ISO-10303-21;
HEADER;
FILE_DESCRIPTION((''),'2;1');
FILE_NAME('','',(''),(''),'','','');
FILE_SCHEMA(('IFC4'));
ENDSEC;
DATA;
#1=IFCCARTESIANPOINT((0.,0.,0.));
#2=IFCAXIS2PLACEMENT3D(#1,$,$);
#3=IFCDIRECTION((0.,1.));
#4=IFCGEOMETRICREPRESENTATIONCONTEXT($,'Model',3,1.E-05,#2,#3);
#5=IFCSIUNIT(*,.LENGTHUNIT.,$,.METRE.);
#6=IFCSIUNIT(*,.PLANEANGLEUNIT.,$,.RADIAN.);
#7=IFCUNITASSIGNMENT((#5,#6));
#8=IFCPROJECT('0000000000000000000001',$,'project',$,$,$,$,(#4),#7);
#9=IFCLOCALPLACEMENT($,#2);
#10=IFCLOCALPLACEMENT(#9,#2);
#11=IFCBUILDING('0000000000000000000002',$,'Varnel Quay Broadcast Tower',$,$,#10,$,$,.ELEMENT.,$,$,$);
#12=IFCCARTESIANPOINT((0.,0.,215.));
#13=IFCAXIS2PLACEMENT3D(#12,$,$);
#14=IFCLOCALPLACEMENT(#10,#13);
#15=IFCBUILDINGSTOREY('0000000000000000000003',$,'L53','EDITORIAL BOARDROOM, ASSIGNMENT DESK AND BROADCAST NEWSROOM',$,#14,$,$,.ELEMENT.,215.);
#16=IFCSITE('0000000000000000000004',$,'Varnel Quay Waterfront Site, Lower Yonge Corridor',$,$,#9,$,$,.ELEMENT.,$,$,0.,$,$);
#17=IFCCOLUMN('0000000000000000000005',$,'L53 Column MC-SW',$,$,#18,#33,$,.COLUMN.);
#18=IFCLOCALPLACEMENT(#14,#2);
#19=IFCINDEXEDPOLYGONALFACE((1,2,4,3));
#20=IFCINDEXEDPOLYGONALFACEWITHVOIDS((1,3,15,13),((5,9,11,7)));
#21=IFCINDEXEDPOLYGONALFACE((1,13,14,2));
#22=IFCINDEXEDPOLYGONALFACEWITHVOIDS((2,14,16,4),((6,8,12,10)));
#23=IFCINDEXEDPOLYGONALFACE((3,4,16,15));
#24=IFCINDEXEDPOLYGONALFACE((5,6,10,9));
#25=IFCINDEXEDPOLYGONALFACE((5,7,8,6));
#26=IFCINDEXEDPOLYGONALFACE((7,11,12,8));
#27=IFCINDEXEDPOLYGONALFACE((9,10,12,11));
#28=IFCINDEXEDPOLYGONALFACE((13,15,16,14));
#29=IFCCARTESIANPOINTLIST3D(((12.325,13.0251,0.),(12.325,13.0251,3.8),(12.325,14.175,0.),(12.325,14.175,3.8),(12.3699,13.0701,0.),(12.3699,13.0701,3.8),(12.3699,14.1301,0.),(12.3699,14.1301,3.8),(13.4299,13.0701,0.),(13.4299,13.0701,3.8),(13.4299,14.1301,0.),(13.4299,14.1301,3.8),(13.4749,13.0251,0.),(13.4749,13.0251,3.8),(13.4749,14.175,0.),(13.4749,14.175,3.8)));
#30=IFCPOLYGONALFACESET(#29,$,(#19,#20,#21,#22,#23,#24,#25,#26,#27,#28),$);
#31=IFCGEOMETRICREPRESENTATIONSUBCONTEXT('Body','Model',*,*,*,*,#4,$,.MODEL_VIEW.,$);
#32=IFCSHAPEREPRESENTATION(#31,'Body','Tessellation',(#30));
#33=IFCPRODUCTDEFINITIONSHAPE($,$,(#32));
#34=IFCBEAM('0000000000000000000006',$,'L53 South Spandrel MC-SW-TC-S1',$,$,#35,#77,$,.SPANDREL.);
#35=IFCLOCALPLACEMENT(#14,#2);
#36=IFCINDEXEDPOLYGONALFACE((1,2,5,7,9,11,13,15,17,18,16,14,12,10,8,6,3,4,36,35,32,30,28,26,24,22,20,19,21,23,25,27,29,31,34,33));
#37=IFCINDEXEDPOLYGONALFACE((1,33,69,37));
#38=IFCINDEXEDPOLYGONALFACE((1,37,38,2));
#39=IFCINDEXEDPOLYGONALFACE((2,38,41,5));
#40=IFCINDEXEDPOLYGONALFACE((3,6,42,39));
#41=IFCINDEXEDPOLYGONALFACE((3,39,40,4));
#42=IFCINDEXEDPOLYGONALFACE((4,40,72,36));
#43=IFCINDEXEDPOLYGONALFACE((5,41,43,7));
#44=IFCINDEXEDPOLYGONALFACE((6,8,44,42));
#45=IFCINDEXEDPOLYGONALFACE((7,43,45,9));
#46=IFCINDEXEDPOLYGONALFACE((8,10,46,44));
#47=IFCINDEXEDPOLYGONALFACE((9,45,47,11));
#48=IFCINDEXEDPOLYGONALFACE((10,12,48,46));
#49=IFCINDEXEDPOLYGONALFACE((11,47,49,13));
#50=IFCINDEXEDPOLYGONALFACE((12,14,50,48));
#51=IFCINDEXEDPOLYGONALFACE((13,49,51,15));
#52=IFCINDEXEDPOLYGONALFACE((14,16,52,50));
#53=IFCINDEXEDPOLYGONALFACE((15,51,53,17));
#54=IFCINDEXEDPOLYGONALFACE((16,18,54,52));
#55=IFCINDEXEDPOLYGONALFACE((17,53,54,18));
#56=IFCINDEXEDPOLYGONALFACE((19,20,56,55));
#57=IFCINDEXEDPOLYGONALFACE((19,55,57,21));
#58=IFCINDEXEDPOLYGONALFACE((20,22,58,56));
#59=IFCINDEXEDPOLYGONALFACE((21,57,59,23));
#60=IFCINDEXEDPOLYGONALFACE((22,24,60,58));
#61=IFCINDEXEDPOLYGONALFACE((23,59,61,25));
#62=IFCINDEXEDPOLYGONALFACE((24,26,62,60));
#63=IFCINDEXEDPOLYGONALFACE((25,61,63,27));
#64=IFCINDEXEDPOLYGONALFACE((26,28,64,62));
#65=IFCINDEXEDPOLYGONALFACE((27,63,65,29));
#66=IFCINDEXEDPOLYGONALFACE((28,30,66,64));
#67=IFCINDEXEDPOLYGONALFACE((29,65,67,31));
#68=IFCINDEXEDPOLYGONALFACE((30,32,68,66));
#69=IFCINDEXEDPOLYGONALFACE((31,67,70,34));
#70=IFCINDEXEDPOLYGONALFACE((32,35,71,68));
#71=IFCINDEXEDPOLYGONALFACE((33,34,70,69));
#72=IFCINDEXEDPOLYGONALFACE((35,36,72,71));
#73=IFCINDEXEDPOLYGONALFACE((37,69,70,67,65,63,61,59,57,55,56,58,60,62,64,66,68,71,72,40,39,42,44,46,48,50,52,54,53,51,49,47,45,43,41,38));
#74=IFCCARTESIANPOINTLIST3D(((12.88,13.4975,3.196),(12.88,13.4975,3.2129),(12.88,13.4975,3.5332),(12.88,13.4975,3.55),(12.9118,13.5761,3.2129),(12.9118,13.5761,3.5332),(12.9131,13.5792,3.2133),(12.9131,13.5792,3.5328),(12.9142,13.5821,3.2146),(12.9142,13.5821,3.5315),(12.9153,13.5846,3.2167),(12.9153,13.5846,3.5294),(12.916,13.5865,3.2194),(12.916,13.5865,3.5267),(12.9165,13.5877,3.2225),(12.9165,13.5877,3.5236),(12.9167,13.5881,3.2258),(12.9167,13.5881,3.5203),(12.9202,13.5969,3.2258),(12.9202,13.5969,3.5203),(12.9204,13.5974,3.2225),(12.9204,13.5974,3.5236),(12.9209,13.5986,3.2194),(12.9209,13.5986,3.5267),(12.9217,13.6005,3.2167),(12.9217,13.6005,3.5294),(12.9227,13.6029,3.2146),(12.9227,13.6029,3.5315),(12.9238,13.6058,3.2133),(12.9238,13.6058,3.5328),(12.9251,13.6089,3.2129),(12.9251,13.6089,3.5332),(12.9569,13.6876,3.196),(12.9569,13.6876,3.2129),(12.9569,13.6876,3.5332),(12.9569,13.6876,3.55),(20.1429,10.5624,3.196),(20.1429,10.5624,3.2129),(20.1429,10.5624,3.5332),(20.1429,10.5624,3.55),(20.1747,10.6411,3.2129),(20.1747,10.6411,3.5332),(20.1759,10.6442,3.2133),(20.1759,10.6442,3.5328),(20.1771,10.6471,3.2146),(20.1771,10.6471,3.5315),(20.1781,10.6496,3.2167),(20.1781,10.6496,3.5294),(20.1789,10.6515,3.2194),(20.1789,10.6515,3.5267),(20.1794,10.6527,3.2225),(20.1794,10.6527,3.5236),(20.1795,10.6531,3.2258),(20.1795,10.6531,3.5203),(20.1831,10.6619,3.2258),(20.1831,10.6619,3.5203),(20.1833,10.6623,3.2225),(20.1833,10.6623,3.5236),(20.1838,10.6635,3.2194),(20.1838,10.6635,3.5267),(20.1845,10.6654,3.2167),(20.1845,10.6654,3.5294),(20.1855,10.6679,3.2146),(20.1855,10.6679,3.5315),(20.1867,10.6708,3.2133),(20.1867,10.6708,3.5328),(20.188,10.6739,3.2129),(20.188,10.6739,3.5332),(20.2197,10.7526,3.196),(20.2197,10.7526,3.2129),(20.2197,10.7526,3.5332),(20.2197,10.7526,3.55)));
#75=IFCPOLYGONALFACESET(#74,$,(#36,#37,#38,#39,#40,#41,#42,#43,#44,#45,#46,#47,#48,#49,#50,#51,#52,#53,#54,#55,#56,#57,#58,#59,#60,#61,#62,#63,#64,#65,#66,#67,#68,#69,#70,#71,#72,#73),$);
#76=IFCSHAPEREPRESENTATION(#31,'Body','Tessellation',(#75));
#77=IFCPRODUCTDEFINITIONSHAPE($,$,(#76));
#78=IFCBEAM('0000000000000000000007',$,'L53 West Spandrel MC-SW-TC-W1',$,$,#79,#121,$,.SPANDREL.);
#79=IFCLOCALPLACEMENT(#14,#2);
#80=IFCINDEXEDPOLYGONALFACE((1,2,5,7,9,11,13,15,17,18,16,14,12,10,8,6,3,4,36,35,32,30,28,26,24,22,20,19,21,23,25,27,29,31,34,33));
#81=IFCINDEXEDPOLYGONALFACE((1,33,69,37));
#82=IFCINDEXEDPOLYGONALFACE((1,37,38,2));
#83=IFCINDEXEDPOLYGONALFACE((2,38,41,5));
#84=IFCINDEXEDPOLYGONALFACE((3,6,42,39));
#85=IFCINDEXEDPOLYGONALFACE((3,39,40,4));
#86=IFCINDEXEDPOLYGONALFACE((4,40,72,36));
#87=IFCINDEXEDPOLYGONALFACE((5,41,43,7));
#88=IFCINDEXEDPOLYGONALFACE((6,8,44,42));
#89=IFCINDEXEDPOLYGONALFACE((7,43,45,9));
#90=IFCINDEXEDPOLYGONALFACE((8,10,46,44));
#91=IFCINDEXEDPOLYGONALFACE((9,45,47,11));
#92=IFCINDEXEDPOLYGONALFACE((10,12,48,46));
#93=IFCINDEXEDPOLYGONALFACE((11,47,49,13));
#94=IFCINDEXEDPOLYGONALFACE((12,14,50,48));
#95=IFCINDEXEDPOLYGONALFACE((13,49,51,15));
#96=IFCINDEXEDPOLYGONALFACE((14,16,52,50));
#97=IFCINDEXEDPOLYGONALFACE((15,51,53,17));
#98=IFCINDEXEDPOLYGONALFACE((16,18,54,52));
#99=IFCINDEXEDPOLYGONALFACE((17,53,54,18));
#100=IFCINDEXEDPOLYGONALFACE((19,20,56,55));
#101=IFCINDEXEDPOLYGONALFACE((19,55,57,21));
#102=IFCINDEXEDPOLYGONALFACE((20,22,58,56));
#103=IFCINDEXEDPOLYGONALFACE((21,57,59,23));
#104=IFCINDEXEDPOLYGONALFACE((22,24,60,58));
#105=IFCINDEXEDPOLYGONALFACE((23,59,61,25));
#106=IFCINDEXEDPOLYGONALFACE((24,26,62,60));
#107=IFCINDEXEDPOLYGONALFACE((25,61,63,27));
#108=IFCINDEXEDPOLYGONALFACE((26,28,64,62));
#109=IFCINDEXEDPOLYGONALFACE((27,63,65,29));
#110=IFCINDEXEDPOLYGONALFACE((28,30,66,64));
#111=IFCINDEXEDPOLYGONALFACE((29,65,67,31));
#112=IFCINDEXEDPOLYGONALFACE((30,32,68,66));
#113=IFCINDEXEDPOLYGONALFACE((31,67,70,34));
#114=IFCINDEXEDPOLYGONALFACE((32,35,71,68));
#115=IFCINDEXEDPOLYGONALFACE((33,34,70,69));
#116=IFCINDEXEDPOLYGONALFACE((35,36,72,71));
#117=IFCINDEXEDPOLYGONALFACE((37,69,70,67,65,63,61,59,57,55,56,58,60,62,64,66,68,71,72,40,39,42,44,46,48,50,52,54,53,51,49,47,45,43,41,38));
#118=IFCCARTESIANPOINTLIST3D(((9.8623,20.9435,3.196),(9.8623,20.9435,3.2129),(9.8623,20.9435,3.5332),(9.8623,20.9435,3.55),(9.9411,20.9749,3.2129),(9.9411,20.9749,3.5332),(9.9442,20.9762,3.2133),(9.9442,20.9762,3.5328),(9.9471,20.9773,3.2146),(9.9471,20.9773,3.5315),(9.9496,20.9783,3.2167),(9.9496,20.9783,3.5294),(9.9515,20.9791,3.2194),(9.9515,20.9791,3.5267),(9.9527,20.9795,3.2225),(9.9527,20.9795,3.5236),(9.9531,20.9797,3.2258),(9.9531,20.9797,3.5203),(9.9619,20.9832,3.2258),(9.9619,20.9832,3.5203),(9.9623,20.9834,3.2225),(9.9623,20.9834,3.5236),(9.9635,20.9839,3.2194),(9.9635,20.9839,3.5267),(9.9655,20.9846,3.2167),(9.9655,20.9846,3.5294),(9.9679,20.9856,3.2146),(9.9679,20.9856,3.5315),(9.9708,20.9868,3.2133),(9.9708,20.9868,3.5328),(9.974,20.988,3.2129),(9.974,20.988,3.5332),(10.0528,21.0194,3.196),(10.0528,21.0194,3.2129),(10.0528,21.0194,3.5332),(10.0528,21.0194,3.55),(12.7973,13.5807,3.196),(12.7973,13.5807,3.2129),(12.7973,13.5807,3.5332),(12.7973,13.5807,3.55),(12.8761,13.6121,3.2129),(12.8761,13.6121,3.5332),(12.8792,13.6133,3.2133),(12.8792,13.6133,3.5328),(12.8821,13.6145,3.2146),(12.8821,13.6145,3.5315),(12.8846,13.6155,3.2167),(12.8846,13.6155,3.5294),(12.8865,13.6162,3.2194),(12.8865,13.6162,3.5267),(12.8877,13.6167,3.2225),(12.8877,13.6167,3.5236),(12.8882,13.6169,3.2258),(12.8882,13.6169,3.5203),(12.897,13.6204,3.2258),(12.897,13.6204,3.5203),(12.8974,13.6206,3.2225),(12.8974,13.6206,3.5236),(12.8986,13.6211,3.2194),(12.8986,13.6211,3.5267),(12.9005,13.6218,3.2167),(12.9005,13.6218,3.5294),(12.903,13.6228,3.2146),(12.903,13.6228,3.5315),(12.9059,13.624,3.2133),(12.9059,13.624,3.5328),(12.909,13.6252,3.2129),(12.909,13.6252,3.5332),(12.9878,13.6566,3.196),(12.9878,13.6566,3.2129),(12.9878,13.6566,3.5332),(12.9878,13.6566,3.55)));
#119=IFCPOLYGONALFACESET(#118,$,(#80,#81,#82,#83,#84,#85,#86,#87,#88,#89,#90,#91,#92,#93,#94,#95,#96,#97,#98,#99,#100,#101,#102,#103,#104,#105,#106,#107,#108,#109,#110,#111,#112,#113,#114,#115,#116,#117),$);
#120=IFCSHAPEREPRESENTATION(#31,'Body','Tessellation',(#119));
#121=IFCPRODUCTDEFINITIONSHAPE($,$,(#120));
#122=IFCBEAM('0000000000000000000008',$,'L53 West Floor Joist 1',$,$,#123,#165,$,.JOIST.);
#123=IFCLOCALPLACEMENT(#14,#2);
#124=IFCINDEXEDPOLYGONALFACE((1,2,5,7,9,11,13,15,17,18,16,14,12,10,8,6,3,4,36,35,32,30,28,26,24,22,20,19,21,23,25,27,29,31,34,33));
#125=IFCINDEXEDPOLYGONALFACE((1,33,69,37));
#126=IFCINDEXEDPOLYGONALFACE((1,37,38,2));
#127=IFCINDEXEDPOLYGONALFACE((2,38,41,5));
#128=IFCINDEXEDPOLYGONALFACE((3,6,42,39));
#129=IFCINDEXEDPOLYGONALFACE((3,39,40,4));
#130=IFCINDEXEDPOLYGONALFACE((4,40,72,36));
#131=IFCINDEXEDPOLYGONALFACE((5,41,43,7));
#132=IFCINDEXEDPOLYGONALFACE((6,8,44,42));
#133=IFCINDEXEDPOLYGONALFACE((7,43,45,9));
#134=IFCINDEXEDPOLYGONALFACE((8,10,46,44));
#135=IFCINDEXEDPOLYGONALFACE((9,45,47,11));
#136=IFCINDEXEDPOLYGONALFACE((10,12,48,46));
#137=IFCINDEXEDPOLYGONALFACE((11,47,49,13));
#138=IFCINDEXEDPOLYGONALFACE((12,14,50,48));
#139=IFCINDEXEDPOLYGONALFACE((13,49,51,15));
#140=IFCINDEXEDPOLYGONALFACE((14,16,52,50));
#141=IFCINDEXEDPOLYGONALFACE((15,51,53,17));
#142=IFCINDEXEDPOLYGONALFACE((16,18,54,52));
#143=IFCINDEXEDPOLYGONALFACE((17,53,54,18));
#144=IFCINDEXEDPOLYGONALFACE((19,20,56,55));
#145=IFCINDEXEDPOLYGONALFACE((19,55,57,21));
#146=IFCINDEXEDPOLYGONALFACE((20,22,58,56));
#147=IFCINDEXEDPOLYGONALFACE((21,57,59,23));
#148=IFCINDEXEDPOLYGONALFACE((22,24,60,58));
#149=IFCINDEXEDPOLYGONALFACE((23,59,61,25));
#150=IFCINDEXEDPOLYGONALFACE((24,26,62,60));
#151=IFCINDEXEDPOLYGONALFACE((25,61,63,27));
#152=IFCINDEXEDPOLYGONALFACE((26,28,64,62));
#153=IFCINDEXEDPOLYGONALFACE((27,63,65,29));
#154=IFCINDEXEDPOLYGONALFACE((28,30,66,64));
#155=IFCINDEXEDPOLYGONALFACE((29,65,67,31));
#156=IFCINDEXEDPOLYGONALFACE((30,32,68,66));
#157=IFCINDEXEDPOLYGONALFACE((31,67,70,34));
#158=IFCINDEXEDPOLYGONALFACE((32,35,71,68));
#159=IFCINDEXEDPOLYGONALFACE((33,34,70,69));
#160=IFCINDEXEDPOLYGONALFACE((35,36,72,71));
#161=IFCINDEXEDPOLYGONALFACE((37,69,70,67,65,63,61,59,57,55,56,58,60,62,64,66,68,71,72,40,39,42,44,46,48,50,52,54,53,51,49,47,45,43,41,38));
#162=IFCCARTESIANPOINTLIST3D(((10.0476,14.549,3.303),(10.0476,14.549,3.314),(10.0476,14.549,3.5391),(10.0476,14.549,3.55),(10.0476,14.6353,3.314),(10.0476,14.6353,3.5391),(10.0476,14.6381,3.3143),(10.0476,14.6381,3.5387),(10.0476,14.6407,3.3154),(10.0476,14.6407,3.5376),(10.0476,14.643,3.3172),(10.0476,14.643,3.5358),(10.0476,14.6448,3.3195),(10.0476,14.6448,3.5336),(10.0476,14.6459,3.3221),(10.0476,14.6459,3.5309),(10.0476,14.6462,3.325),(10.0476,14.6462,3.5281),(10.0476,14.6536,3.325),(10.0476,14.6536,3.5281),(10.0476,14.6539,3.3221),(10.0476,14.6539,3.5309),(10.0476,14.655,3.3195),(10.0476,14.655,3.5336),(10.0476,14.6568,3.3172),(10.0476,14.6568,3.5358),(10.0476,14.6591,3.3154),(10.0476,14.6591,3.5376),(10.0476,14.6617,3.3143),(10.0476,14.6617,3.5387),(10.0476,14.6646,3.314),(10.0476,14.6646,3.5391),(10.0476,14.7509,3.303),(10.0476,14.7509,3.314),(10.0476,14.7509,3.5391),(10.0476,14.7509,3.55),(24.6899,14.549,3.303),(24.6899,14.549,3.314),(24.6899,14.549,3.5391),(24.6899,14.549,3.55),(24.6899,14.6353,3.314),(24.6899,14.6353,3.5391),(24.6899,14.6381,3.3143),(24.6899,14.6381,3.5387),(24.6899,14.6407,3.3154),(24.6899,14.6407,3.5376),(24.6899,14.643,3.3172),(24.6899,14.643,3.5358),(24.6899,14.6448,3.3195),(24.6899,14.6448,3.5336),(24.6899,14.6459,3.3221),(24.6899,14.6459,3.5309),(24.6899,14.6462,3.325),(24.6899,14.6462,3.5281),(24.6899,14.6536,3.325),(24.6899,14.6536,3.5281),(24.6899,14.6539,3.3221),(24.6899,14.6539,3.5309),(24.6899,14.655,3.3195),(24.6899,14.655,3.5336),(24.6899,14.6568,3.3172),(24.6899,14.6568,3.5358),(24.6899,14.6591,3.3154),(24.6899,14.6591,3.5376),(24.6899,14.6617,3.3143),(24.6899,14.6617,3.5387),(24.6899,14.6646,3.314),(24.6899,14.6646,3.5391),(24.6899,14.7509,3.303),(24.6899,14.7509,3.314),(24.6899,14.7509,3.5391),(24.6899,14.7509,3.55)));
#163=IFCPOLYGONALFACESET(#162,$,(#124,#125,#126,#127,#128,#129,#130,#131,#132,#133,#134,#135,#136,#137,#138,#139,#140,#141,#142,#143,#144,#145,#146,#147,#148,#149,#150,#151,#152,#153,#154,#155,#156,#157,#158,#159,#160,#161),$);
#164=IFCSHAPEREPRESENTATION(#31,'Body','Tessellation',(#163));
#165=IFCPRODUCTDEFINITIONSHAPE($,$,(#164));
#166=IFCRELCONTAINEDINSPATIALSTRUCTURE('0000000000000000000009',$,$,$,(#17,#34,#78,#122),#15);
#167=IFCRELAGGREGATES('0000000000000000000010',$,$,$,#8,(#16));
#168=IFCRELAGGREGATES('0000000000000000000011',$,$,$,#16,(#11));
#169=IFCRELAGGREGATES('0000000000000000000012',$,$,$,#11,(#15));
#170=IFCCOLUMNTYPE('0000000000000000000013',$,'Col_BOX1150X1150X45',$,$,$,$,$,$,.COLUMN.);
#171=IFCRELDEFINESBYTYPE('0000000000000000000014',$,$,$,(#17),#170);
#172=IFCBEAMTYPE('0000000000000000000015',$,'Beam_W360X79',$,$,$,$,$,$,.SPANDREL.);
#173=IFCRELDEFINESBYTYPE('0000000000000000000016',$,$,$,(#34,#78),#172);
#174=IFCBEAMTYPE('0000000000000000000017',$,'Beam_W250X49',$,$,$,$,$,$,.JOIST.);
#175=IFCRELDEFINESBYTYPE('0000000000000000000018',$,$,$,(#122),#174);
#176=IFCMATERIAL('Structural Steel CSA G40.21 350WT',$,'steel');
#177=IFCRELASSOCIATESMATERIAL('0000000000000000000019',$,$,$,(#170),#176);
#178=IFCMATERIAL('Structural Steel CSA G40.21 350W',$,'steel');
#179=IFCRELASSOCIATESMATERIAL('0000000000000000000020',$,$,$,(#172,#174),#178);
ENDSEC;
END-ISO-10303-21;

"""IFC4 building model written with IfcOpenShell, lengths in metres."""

from ifc_helpers import new_model, si_unit, direction, frame, origin, origin_2d, place, context, subcontext, project, spatial, hollow_rectangle, i_section, extrude, source, transform, mapped, material, material_profile, profile_set, type_object, type_shapes, element, save


model = new_model("IFC4")

# Units and contexts
model_context = context("Model", 3, precision=1e-05, world=origin(), true_north=direction((0.0, 1.0)))
body_context = subcontext(model_context, "Body", "Model", "MODEL_VIEW")
ifc_project = project(units=[si_unit("LENGTHUNIT", "METRE"), si_unit("PLANEANGLEUNIT", "RADIAN")], contexts=[model_context])

# Site, building, storey
site_placement = place(None, origin())
site = spatial("IfcSite", under=ifc_project, at=site_placement, Name="Varnel Quay Waterfront Site, Lower Yonge Corridor", CompositionType="ELEMENT", RefElevation=0.0)
building_placement = place(site_placement, origin())
building = spatial("IfcBuilding", under=site, at=building_placement, Name="Varnel Quay Broadcast Tower", CompositionType="ELEMENT")
storey_placement = place(building_placement, frame((0.0, 0.0, 215.0)))
storey = spatial("IfcBuildingStorey", under=building, at=storey_placement, Name="L53", Description="EDITORIAL BOARDROOM, ASSIGNMENT DESK AND BROADCAST NEWSROOM", CompositionType="ELEMENT", Elevation=215.0)

# Column
ifc_material_1 = material(Name="Structural Steel CSA G40.21 350WT", Category="steel")
ifc_material_profile_1 = material_profile(ifc_material_1, hollow_rectangle(XDim=1.1499, YDim=1.1499, WallThickness=0.0449, at=origin_2d()), Name="BOX1150X1150X45")
ifc_profile_set_1 = profile_set([ifc_material_profile_1], Name="Structural Steel CSA G40.21 350WT")
column_type = type_object("IfcColumnType", Name="Col_BOX1150X1150X45", PredefinedType="COLUMN", material=ifc_profile_set_1)
shared_shape_1 = source(origin(), body_context, "Body", "SweptSolid", [
    extrude(hollow_rectangle(XDim=1.1499, YDim=1.1499, WallThickness=0.0449, at=origin_2d()), origin(), (0.0, 0.0, 1.0), 3.8),
])
type_shapes(column_type, [shared_shape_1])
column_placement = place(storey_placement, frame((12.8999, 13.6001, 0.0), z_axis=(0.0, 0.0, 1.0), x_axis=(1.0, 0.0, 0.0)))
element("IfcColumn", 1, at=column_placement, inside=storey, type_object=column_type, Name="L53 Column MC-SW", PredefinedType="COLUMN", context=body_context, shape_type="MappedRepresentation", body=[
    mapped(shared_shape_1, transform((0.0, 0.0, 0.0), x_axis=(1.0, 0.0, 0.0), y_axis=(0.0, 1.0, 0.0), z_axis=(0.0, 0.0, 1.0), scale=1.0)),
])

# Beams
ifc_material_2 = material(Name="Structural Steel CSA G40.21 350W", Category="steel")
ifc_material_profile_2 = material_profile(ifc_material_2, i_section(OverallWidth=0.2051, OverallDepth=0.354, WebThickness=0.0095, FlangeThickness=0.0168, FilletRadius=0.0129, at=origin_2d()), Name="W360X79")
ifc_profile_set_2 = profile_set([ifc_material_profile_2], Name="Structural Steel CSA G40.21 350W")
beam_type_1 = type_object("IfcBeamType", Name="Beam_W360X79", PredefinedType="SPANDREL", material=ifc_profile_set_2)
shared_shape_2 = source(origin(), body_context, "Body", "SweptSolid", [
    extrude(i_section(OverallWidth=0.2051, OverallDepth=0.354, WebThickness=0.0095, FlangeThickness=0.0168, FilletRadius=0.0129, at=origin_2d()), origin(), (0.0, 0.0, 1.0), 7.8335),
])
beam_1_placement = place(storey_placement, frame((12.9185, 13.5925, 3.373), z_axis=(0.927155, -0.374677, 0.0), x_axis=(0.374677, 0.927155, 0.0)))
element("IfcBeam", 2, at=beam_1_placement, inside=storey, type_object=beam_type_1, Name="L53 South Spandrel MC-SW-TC-S1", PredefinedType="SPANDREL", context=body_context, shape_type="MappedRepresentation", body=[
    mapped(shared_shape_2, transform((0.0, 0.0, 0.0), x_axis=(1.0, 0.0, 0.0), y_axis=(0.0, 1.0, 0.0), z_axis=(0.0, 0.0, 1.0), scale=1.0)),
])
shared_shape_3 = source(origin(), body_context, "Body", "SweptSolid", [
    extrude(i_section(OverallWidth=0.2051, OverallDepth=0.354, WebThickness=0.0095, FlangeThickness=0.0168, FilletRadius=0.0129, at=origin_2d()), origin(), (0.0, 0.0, 1.0), 7.9263),
])
type_shapes(beam_type_1, [shared_shape_2, shared_shape_3])
beam_2_placement = place(storey_placement, frame((12.8926, 13.6187, 3.373), z_axis=(-0.370296, 0.928914, 0.0), x_axis=(-0.928914, -0.370296, 0.0)))
element("IfcBeam", 3, at=beam_2_placement, inside=storey, type_object=beam_type_1, Name="L53 West Spandrel MC-SW-TC-W1", PredefinedType="SPANDREL", context=body_context, shape_type="MappedRepresentation", body=[
    mapped(shared_shape_3, transform((0.0, 0.0, 0.0), x_axis=(1.0, 0.0, 0.0), y_axis=(0.0, 1.0, 0.0), z_axis=(0.0, 0.0, 1.0), scale=1.0)),
])
ifc_material_profile_3 = material_profile(ifc_material_2, i_section(OverallWidth=0.2019, OverallDepth=0.2471, WebThickness=0.0073, FlangeThickness=0.011, FilletRadius=0.011, at=origin_2d()), Name="W250X49")
ifc_profile_set_3 = profile_set([ifc_material_profile_3], Name="Structural Steel CSA G40.21 350W")
beam_type_2 = type_object("IfcBeamType", Name="Beam_W250X49", PredefinedType="JOIST", material=ifc_profile_set_3)
shared_shape_4 = source(origin(), body_context, "Body", "SweptSolid", [
    extrude(i_section(OverallWidth=0.2019, OverallDepth=0.2471, WebThickness=0.0073, FlangeThickness=0.011, FilletRadius=0.011, at=origin_2d()), origin(), (0.0, 0.0, 1.0), 14.6423),
])
type_shapes(beam_type_2, [shared_shape_4])
beam_3_placement = place(storey_placement, frame((10.0476, 14.6499, 3.4265), z_axis=(1.0, 0.0, 0.0), x_axis=(0.0, 1.0, 0.0)))
element("IfcBeam", 4, at=beam_3_placement, inside=storey, type_object=beam_type_2, Name="L53 West Floor Joist 1", PredefinedType="JOIST", context=body_context, shape_type="MappedRepresentation", body=[
    mapped(shared_shape_4, transform((0.0, 0.0, 0.0), x_axis=(1.0, 0.0, 0.0), y_axis=(0.0, 1.0, 0.0), z_axis=(0.0, 0.0, 1.0), scale=1.0)),
])

save(model, "model.ifc")
